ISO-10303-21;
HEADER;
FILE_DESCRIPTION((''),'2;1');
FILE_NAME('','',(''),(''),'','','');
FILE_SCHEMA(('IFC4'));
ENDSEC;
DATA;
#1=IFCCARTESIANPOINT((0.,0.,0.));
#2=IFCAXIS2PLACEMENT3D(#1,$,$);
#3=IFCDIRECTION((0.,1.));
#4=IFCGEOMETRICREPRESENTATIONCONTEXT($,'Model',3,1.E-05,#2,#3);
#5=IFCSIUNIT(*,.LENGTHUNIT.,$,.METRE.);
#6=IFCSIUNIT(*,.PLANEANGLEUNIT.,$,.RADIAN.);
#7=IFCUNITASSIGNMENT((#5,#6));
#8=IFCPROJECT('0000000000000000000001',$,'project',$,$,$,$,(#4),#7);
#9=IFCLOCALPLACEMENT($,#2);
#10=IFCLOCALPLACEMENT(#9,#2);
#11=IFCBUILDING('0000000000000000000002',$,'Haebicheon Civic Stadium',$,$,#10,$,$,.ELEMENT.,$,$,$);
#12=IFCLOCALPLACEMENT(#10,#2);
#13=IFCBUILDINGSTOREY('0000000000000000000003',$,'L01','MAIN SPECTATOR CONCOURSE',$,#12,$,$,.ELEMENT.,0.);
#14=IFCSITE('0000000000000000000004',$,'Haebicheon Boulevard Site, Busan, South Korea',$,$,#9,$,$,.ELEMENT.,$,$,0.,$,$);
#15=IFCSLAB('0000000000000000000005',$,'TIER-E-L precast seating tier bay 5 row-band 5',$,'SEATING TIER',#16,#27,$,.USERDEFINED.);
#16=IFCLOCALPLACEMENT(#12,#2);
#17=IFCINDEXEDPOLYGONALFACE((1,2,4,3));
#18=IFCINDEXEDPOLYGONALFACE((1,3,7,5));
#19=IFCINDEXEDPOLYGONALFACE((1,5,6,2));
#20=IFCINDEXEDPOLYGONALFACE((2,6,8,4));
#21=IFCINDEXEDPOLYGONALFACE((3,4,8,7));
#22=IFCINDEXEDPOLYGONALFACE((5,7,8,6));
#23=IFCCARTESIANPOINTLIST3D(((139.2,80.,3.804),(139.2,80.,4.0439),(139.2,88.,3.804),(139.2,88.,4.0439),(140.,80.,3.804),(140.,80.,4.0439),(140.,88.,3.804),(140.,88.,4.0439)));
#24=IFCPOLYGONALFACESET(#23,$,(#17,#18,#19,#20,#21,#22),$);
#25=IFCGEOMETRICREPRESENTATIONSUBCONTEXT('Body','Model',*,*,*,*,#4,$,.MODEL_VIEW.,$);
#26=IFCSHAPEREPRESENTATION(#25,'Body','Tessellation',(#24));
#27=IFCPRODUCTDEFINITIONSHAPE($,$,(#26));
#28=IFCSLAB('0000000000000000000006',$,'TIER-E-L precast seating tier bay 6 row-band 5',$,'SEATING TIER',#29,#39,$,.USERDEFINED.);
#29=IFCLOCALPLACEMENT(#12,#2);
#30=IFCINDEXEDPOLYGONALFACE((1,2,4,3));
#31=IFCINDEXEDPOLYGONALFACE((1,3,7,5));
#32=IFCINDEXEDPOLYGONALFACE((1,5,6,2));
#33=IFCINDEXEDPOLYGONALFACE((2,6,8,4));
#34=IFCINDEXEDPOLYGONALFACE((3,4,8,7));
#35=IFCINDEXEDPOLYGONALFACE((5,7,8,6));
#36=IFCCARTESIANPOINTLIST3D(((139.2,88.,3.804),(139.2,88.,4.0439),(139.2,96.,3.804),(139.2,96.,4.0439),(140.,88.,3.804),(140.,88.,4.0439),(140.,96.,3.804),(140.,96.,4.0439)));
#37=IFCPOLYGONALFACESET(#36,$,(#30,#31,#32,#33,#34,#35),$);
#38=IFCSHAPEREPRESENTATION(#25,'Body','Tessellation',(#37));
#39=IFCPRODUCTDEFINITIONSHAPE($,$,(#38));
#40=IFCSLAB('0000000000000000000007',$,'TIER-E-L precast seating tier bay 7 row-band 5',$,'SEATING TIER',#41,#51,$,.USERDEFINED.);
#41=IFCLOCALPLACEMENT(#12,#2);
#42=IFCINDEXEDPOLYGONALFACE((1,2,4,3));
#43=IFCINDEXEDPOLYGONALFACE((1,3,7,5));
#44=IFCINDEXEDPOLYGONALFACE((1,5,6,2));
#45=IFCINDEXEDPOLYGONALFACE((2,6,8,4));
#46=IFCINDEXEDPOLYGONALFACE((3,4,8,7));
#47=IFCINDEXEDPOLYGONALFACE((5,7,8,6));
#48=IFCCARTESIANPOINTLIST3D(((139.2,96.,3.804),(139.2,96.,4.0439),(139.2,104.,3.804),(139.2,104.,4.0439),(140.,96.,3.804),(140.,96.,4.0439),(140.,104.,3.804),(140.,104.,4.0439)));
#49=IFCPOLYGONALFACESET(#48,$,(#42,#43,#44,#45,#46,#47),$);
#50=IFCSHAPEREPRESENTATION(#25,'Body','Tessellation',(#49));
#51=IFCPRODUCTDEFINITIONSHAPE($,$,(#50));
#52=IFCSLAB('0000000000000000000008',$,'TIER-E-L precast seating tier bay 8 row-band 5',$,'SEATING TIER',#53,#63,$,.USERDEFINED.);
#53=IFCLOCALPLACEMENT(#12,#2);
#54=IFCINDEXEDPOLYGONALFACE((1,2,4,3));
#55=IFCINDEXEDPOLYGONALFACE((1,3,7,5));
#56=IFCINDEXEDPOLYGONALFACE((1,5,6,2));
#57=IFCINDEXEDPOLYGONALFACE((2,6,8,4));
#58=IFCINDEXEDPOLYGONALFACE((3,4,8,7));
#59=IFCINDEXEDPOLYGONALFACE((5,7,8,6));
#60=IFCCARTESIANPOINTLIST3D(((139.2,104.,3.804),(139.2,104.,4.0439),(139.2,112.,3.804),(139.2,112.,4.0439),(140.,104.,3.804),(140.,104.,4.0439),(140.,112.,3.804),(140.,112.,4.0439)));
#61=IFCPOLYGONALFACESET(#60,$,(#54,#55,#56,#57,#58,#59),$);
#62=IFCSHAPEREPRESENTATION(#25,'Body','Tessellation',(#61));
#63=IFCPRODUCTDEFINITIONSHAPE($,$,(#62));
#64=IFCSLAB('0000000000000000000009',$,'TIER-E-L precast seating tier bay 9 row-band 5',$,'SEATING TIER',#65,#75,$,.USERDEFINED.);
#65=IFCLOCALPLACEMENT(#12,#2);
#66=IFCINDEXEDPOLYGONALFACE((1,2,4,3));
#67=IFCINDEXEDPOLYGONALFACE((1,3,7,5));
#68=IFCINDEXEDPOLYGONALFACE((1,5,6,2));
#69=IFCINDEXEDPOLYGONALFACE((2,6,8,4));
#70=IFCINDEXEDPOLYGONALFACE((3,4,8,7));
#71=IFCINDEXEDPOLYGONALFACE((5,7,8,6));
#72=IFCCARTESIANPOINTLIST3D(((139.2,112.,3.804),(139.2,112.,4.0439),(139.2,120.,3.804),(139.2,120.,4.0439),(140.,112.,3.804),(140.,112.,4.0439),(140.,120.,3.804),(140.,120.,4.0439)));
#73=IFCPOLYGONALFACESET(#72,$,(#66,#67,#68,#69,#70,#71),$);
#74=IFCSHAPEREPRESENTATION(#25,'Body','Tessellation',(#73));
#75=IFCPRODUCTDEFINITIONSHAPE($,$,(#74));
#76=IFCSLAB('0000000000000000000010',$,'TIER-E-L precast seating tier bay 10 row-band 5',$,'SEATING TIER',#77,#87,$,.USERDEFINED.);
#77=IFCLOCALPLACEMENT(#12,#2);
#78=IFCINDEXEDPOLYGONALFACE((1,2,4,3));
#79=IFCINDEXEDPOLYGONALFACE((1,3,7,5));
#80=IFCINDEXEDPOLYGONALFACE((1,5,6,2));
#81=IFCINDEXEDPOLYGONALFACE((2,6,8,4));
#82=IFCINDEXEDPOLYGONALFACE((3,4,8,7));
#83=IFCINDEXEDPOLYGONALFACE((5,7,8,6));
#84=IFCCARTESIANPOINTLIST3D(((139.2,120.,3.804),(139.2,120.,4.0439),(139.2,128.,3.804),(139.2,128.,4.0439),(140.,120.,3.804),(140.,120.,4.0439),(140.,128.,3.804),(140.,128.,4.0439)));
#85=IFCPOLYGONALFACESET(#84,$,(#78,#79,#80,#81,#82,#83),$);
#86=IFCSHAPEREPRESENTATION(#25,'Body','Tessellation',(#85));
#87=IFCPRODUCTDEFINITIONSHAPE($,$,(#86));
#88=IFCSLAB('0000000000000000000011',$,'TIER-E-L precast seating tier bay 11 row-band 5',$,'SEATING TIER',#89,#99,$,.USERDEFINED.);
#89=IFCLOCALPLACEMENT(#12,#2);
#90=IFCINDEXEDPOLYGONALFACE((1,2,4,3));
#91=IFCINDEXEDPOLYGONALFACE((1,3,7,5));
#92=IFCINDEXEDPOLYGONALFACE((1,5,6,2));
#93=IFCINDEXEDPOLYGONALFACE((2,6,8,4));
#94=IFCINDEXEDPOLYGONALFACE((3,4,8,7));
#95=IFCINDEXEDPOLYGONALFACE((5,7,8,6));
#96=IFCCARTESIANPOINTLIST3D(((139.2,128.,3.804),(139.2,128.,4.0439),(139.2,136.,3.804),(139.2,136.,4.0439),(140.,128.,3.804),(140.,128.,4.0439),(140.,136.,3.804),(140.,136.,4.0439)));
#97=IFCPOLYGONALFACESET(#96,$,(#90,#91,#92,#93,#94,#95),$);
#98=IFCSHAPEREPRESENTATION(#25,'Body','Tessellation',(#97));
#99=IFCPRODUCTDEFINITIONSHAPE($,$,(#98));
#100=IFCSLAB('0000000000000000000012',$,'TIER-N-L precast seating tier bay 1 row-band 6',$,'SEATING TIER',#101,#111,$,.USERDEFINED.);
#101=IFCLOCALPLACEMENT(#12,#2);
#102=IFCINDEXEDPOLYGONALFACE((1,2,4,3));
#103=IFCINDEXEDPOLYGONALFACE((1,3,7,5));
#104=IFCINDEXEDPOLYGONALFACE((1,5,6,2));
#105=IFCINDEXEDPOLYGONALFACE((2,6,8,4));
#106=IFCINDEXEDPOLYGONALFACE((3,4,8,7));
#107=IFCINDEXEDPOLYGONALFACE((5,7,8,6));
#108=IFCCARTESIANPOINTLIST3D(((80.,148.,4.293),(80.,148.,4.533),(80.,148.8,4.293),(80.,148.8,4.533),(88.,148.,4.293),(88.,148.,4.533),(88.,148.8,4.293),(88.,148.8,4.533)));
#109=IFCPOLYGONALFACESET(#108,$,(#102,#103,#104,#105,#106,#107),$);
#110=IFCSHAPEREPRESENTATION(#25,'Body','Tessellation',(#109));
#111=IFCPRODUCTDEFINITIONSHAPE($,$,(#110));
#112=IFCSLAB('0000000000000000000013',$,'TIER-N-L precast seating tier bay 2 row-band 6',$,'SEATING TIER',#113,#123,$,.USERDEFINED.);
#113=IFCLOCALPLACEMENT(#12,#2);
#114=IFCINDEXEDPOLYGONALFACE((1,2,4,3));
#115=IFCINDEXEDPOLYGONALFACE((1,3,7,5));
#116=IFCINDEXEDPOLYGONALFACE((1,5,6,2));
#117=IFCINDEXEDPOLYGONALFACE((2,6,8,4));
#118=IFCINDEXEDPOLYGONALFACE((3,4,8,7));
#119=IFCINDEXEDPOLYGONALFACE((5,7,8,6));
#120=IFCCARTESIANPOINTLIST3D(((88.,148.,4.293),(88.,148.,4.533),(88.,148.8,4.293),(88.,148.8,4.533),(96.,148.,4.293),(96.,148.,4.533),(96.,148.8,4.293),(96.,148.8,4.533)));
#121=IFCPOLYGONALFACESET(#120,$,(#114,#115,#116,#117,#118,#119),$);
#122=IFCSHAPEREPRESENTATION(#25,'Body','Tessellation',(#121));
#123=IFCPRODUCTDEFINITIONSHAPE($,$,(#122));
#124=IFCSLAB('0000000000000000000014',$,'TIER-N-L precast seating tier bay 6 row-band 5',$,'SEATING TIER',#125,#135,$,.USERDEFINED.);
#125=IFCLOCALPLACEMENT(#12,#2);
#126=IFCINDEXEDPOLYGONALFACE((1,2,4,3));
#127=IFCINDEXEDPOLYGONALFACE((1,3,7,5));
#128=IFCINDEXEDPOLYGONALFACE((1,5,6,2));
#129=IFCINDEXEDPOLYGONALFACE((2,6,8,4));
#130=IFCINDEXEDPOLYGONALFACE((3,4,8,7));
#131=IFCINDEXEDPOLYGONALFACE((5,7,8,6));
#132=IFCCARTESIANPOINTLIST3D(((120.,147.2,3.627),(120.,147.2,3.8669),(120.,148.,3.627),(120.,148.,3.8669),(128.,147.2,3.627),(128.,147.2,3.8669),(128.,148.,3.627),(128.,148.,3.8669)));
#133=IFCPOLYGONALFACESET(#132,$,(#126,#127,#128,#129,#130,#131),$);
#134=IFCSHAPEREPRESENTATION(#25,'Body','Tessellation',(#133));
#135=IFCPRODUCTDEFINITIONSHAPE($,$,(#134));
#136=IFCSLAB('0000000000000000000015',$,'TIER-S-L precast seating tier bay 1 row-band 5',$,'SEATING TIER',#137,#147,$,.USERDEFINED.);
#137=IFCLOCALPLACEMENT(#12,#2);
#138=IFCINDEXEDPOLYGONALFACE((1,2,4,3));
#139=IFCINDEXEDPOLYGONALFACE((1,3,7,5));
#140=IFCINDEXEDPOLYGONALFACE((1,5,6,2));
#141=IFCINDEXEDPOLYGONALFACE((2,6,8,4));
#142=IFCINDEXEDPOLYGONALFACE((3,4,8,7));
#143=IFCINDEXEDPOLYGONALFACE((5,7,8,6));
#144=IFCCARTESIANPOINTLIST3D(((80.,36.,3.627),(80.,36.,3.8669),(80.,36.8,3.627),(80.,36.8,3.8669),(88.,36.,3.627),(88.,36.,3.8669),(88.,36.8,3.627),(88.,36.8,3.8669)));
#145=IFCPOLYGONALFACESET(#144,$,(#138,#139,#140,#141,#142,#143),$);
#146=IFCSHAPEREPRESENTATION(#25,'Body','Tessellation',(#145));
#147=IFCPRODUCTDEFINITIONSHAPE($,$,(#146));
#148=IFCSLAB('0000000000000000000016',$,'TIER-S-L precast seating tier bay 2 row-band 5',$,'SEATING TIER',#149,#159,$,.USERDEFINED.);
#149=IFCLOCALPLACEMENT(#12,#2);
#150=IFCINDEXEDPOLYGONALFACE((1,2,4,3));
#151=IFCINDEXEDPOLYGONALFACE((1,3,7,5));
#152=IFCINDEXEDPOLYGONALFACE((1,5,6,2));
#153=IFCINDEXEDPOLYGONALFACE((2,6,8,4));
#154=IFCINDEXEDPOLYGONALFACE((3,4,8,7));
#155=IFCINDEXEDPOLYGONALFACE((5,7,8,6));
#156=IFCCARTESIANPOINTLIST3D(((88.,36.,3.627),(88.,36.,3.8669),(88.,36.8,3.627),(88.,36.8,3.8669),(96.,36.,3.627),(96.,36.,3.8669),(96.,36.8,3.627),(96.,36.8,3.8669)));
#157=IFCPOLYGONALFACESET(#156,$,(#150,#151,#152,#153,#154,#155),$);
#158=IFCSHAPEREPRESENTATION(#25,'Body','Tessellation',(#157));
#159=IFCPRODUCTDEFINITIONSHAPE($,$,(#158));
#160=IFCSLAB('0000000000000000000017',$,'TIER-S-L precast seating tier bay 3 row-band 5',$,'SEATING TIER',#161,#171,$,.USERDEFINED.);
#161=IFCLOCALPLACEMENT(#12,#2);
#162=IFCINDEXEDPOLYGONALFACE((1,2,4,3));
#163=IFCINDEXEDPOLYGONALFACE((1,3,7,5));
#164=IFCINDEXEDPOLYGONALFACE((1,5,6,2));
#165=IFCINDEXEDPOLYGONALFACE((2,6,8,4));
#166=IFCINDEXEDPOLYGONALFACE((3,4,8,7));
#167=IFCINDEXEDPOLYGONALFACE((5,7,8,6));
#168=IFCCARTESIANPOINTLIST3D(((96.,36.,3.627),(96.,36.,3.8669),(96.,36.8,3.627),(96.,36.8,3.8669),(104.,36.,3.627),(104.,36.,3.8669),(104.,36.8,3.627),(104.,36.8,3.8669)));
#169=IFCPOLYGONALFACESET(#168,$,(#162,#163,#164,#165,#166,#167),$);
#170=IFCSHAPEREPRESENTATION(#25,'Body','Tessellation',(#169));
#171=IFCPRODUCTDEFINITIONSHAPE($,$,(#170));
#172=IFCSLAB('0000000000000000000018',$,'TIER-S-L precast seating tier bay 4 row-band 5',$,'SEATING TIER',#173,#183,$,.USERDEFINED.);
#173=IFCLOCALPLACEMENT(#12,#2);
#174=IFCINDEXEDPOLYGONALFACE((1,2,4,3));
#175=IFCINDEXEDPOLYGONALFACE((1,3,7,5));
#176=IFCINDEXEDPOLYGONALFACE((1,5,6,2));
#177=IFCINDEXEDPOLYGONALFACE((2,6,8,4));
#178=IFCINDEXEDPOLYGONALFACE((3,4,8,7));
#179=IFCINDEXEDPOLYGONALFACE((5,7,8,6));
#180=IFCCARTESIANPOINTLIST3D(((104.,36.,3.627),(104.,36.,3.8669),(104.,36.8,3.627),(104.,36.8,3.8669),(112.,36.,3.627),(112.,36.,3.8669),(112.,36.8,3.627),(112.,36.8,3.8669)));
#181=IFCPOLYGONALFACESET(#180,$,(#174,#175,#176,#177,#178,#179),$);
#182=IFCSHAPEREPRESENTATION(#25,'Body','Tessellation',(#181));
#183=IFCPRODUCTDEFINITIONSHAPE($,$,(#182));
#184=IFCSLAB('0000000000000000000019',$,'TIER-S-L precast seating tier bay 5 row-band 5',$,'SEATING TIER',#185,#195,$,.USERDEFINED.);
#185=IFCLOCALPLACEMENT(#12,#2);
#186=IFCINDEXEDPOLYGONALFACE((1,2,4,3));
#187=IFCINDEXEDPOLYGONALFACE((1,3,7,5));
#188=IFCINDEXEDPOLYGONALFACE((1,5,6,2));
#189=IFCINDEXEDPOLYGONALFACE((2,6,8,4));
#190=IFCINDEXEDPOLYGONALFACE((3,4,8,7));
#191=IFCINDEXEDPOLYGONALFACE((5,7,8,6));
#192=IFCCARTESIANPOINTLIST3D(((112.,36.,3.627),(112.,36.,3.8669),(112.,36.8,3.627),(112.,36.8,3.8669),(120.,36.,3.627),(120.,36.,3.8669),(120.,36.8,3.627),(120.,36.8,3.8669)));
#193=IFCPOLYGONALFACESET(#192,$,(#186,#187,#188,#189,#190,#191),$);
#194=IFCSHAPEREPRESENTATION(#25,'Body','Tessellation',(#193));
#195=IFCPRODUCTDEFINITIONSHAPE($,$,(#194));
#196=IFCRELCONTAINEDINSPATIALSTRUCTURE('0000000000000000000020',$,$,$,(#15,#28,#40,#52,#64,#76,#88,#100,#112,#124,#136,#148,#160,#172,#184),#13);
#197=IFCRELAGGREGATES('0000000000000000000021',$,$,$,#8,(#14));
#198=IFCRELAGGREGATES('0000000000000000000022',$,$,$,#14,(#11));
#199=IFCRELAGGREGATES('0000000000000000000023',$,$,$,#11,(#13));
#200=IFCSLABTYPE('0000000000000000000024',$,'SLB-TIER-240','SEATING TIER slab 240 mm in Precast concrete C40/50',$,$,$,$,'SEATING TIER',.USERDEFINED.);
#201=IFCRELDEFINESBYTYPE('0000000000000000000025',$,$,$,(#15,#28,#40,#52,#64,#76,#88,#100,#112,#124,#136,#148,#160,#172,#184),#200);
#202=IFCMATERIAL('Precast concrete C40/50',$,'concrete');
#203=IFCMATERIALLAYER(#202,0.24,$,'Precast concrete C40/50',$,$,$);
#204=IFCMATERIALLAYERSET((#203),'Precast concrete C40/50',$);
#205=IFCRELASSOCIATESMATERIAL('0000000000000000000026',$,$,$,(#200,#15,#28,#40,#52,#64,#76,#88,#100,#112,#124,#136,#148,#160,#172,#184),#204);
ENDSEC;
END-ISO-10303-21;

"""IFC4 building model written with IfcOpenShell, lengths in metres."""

from ifc_helpers import new_model, si_unit, direction, frame, origin, place, context, subcontext, project, spatial, polyline, outline, extrude, material, layer, layer_set, type_object, element, save


model = new_model("IFC4")

# Units and contexts
model_context = context("Model", 3, precision=1e-05, world=origin(), true_north=direction((0.0, 1.0)))
body_context = subcontext(model_context, "Body", "Model", "MODEL_VIEW")
ifc_project = project(units=[si_unit("LENGTHUNIT", "METRE"), si_unit("PLANEANGLEUNIT", "RADIAN")], contexts=[model_context])

# Site, building, storey
site_placement = place(None, origin())
site = spatial("IfcSite", under=ifc_project, at=site_placement, Name="Haebicheon Boulevard Site, Busan, South Korea", CompositionType="ELEMENT", RefElevation=0.0)
building_placement = place(site_placement, origin())
building = spatial("IfcBuilding", under=site, at=building_placement, Name="Haebicheon Civic Stadium", CompositionType="ELEMENT")
storey_placement = place(building_placement, origin())
storey = spatial("IfcBuildingStorey", under=building, at=storey_placement, Name="L01", Description="MAIN SPECTATOR CONCOURSE", CompositionType="ELEMENT", Elevation=0.0)

# Slabs
ifc_material = material(Name="Precast concrete C40/50", Category="concrete")
ifc_layer = layer(ifc_material, 0.24, Name="Precast concrete C40/50")
ifc_layer_set = layer_set([ifc_layer], Name="Precast concrete C40/50")
slab_type = type_object("IfcSlabType", Name="SLB-TIER-240", Description="SEATING TIER slab 240 mm in Precast concrete C40/50", ElementType="SEATING TIER", PredefinedType="USERDEFINED", material=ifc_layer_set)
slab_1_placement = place(storey_placement, frame((0.0, 0.0, 3.804)))
element("IfcSlab", 1, at=slab_1_placement, inside=storey, type_object=slab_type, material=ifc_layer_set, Name="TIER-E-L precast seating tier bay 5 row-band 5", ObjectType="SEATING TIER", PredefinedType="USERDEFINED", context=body_context, shape_type="SweptSolid", body=[
    extrude(outline(polyline([(139.2, 80.0), (140.0, 80.0), (140.0, 88.0), (139.2, 88.0), (139.2, 80.0)])), origin(), (0.0, 0.0, 1.0), 0.24),
])
slab_2_placement = place(storey_placement, frame((0.0, 0.0, 3.804)))
element("IfcSlab", 2, at=slab_2_placement, inside=storey, type_object=slab_type, material=ifc_layer_set, Name="TIER-E-L precast seating tier bay 6 row-band 5", ObjectType="SEATING TIER", PredefinedType="USERDEFINED", context=body_context, shape_type="SweptSolid", body=[
    extrude(outline(polyline([(139.2, 88.0), (140.0, 88.0), (140.0, 96.0), (139.2, 96.0), (139.2, 88.0)])), origin(), (0.0, 0.0, 1.0), 0.24),
])
slab_3_placement = place(storey_placement, frame((0.0, 0.0, 3.804)))
element("IfcSlab", 3, at=slab_3_placement, inside=storey, type_object=slab_type, material=ifc_layer_set, Name="TIER-E-L precast seating tier bay 7 row-band 5", ObjectType="SEATING TIER", PredefinedType="USERDEFINED", context=body_context, shape_type="SweptSolid", body=[
    extrude(outline(polyline([(139.2, 96.0), (140.0, 96.0), (140.0, 104.0), (139.2, 104.0), (139.2, 96.0)])), origin(), (0.0, 0.0, 1.0), 0.24),
])
slab_4_placement = place(storey_placement, frame((0.0, 0.0, 3.804)))
element("IfcSlab", 4, at=slab_4_placement, inside=storey, type_object=slab_type, material=ifc_layer_set, Name="TIER-E-L precast seating tier bay 8 row-band 5", ObjectType="SEATING TIER", PredefinedType="USERDEFINED", context=body_context, shape_type="SweptSolid", body=[
    extrude(outline(polyline([(139.2, 104.0), (140.0, 104.0), (140.0, 112.0), (139.2, 112.0), (139.2, 104.0)])), origin(), (0.0, 0.0, 1.0), 0.24),
])
slab_5_placement = place(storey_placement, frame((0.0, 0.0, 3.804)))
element("IfcSlab", 5, at=slab_5_placement, inside=storey, type_object=slab_type, material=ifc_layer_set, Name="TIER-E-L precast seating tier bay 9 row-band 5", ObjectType="SEATING TIER", PredefinedType="USERDEFINED", context=body_context, shape_type="SweptSolid", body=[
    extrude(outline(polyline([(139.2, 112.0), (140.0, 112.0), (140.0, 120.0), (139.2, 120.0), (139.2, 112.0)])), origin(), (0.0, 0.0, 1.0), 0.24),
])
slab_6_placement = place(storey_placement, frame((0.0, 0.0, 3.804)))
element("IfcSlab", 6, at=slab_6_placement, inside=storey, type_object=slab_type, material=ifc_layer_set, Name="TIER-E-L precast seating tier bay 10 row-band 5", ObjectType="SEATING TIER", PredefinedType="USERDEFINED", context=body_context, shape_type="SweptSolid", body=[
    extrude(outline(polyline([(139.2, 120.0), (140.0, 120.0), (140.0, 128.0), (139.2, 128.0), (139.2, 120.0)])), origin(), (0.0, 0.0, 1.0), 0.24),
])
slab_7_placement = place(storey_placement, frame((0.0, 0.0, 3.804)))
element("IfcSlab", 7, at=slab_7_placement, inside=storey, type_object=slab_type, material=ifc_layer_set, Name="TIER-E-L precast seating tier bay 11 row-band 5", ObjectType="SEATING TIER", PredefinedType="USERDEFINED", context=body_context, shape_type="SweptSolid", body=[
    extrude(outline(polyline([(139.2, 128.0), (140.0, 128.0), (140.0, 136.0), (139.2, 136.0), (139.2, 128.0)])), origin(), (0.0, 0.0, 1.0), 0.24),
])
slab_8_placement = place(storey_placement, frame((0.0, 0.0, 4.293)))
element("IfcSlab", 8, at=slab_8_placement, inside=storey, type_object=slab_type, material=ifc_layer_set, Name="TIER-N-L precast seating tier bay 1 row-band 6", ObjectType="SEATING TIER", PredefinedType="USERDEFINED", context=body_context, shape_type="SweptSolid", body=[
    extrude(outline(polyline([(80.0, 148.0), (88.0, 148.0), (88.0, 148.8), (80.0, 148.8), (80.0, 148.0)])), origin(), (0.0, 0.0, 1.0), 0.24),
])
slab_9_placement = place(storey_placement, frame((0.0, 0.0, 4.293)))
element("IfcSlab", 9, at=slab_9_placement, inside=storey, type_object=slab_type, material=ifc_layer_set, Name="TIER-N-L precast seating tier bay 2 row-band 6", ObjectType="SEATING TIER", PredefinedType="USERDEFINED", context=body_context, shape_type="SweptSolid", body=[
    extrude(outline(polyline([(88.0, 148.0), (96.0, 148.0), (96.0, 148.8), (88.0, 148.8), (88.0, 148.0)])), origin(), (0.0, 0.0, 1.0), 0.24),
])
slab_10_placement = place(storey_placement, frame((0.0, 0.0, 3.627)))
element("IfcSlab", 10, at=slab_10_placement, inside=storey, type_object=slab_type, material=ifc_layer_set, Name="TIER-N-L precast seating tier bay 6 row-band 5", ObjectType="SEATING TIER", PredefinedType="USERDEFINED", context=body_context, shape_type="SweptSolid", body=[
    extrude(outline(polyline([(120.0, 147.2), (128.0, 147.2), (128.0, 148.0), (120.0, 148.0), (120.0, 147.2)])), origin(), (0.0, 0.0, 1.0), 0.24),
])
slab_11_placement = place(storey_placement, frame((0.0, 0.0, 3.627)))
element("IfcSlab", 11, at=slab_11_placement, inside=storey, type_object=slab_type, material=ifc_layer_set, Name="TIER-S-L precast seating tier bay 1 row-band 5", ObjectType="SEATING TIER", PredefinedType="USERDEFINED", context=body_context, shape_type="SweptSolid", body=[
    extrude(outline(polyline([(80.0, 36.0), (88.0, 36.0), (88.0, 36.8), (80.0, 36.8), (80.0, 36.0)])), origin(), (0.0, 0.0, 1.0), 0.24),
])
slab_12_placement = place(storey_placement, frame((0.0, 0.0, 3.627)))
element("IfcSlab", 12, at=slab_12_placement, inside=storey, type_object=slab_type, material=ifc_layer_set, Name="TIER-S-L precast seating tier bay 2 row-band 5", ObjectType="SEATING TIER", PredefinedType="USERDEFINED", context=body_context, shape_type="SweptSolid", body=[
    extrude(outline(polyline([(88.0, 36.0), (96.0, 36.0), (96.0, 36.8), (88.0, 36.8), (88.0, 36.0)])), origin(), (0.0, 0.0, 1.0), 0.24),
])
slab_13_placement = place(storey_placement, frame((0.0, 0.0, 3.627)))
element("IfcSlab", 13, at=slab_13_placement, inside=storey, type_object=slab_type, material=ifc_layer_set, Name="TIER-S-L precast seating tier bay 3 row-band 5", ObjectType="SEATING TIER", PredefinedType="USERDEFINED", context=body_context, shape_type="SweptSolid", body=[
    extrude(outline(polyline([(96.0, 36.0), (104.0, 36.0), (104.0, 36.8), (96.0, 36.8), (96.0, 36.0)])), origin(), (0.0, 0.0, 1.0), 0.24),
])
slab_14_placement = place(storey_placement, frame((0.0, 0.0, 3.627)))
element("IfcSlab", 14, at=slab_14_placement, inside=storey, type_object=slab_type, material=ifc_layer_set, Name="TIER-S-L precast seating tier bay 4 row-band 5", ObjectType="SEATING TIER", PredefinedType="USERDEFINED", context=body_context, shape_type="SweptSolid", body=[
    extrude(outline(polyline([(104.0, 36.0), (112.0, 36.0), (112.0, 36.8), (104.0, 36.8), (104.0, 36.0)])), origin(), (0.0, 0.0, 1.0), 0.24),
])
slab_15_placement = place(storey_placement, frame((0.0, 0.0, 3.627)))
element("IfcSlab", 15, at=slab_15_placement, inside=storey, type_object=slab_type, material=ifc_layer_set, Name="TIER-S-L precast seating tier bay 5 row-band 5", ObjectType="SEATING TIER", PredefinedType="USERDEFINED", context=body_context, shape_type="SweptSolid", body=[
    extrude(outline(polyline([(112.0, 36.0), (120.0, 36.0), (120.0, 36.8), (112.0, 36.8), (112.0, 36.0)])), origin(), (0.0, 0.0, 1.0), 0.24),
])

save(model, "model.ifc")
